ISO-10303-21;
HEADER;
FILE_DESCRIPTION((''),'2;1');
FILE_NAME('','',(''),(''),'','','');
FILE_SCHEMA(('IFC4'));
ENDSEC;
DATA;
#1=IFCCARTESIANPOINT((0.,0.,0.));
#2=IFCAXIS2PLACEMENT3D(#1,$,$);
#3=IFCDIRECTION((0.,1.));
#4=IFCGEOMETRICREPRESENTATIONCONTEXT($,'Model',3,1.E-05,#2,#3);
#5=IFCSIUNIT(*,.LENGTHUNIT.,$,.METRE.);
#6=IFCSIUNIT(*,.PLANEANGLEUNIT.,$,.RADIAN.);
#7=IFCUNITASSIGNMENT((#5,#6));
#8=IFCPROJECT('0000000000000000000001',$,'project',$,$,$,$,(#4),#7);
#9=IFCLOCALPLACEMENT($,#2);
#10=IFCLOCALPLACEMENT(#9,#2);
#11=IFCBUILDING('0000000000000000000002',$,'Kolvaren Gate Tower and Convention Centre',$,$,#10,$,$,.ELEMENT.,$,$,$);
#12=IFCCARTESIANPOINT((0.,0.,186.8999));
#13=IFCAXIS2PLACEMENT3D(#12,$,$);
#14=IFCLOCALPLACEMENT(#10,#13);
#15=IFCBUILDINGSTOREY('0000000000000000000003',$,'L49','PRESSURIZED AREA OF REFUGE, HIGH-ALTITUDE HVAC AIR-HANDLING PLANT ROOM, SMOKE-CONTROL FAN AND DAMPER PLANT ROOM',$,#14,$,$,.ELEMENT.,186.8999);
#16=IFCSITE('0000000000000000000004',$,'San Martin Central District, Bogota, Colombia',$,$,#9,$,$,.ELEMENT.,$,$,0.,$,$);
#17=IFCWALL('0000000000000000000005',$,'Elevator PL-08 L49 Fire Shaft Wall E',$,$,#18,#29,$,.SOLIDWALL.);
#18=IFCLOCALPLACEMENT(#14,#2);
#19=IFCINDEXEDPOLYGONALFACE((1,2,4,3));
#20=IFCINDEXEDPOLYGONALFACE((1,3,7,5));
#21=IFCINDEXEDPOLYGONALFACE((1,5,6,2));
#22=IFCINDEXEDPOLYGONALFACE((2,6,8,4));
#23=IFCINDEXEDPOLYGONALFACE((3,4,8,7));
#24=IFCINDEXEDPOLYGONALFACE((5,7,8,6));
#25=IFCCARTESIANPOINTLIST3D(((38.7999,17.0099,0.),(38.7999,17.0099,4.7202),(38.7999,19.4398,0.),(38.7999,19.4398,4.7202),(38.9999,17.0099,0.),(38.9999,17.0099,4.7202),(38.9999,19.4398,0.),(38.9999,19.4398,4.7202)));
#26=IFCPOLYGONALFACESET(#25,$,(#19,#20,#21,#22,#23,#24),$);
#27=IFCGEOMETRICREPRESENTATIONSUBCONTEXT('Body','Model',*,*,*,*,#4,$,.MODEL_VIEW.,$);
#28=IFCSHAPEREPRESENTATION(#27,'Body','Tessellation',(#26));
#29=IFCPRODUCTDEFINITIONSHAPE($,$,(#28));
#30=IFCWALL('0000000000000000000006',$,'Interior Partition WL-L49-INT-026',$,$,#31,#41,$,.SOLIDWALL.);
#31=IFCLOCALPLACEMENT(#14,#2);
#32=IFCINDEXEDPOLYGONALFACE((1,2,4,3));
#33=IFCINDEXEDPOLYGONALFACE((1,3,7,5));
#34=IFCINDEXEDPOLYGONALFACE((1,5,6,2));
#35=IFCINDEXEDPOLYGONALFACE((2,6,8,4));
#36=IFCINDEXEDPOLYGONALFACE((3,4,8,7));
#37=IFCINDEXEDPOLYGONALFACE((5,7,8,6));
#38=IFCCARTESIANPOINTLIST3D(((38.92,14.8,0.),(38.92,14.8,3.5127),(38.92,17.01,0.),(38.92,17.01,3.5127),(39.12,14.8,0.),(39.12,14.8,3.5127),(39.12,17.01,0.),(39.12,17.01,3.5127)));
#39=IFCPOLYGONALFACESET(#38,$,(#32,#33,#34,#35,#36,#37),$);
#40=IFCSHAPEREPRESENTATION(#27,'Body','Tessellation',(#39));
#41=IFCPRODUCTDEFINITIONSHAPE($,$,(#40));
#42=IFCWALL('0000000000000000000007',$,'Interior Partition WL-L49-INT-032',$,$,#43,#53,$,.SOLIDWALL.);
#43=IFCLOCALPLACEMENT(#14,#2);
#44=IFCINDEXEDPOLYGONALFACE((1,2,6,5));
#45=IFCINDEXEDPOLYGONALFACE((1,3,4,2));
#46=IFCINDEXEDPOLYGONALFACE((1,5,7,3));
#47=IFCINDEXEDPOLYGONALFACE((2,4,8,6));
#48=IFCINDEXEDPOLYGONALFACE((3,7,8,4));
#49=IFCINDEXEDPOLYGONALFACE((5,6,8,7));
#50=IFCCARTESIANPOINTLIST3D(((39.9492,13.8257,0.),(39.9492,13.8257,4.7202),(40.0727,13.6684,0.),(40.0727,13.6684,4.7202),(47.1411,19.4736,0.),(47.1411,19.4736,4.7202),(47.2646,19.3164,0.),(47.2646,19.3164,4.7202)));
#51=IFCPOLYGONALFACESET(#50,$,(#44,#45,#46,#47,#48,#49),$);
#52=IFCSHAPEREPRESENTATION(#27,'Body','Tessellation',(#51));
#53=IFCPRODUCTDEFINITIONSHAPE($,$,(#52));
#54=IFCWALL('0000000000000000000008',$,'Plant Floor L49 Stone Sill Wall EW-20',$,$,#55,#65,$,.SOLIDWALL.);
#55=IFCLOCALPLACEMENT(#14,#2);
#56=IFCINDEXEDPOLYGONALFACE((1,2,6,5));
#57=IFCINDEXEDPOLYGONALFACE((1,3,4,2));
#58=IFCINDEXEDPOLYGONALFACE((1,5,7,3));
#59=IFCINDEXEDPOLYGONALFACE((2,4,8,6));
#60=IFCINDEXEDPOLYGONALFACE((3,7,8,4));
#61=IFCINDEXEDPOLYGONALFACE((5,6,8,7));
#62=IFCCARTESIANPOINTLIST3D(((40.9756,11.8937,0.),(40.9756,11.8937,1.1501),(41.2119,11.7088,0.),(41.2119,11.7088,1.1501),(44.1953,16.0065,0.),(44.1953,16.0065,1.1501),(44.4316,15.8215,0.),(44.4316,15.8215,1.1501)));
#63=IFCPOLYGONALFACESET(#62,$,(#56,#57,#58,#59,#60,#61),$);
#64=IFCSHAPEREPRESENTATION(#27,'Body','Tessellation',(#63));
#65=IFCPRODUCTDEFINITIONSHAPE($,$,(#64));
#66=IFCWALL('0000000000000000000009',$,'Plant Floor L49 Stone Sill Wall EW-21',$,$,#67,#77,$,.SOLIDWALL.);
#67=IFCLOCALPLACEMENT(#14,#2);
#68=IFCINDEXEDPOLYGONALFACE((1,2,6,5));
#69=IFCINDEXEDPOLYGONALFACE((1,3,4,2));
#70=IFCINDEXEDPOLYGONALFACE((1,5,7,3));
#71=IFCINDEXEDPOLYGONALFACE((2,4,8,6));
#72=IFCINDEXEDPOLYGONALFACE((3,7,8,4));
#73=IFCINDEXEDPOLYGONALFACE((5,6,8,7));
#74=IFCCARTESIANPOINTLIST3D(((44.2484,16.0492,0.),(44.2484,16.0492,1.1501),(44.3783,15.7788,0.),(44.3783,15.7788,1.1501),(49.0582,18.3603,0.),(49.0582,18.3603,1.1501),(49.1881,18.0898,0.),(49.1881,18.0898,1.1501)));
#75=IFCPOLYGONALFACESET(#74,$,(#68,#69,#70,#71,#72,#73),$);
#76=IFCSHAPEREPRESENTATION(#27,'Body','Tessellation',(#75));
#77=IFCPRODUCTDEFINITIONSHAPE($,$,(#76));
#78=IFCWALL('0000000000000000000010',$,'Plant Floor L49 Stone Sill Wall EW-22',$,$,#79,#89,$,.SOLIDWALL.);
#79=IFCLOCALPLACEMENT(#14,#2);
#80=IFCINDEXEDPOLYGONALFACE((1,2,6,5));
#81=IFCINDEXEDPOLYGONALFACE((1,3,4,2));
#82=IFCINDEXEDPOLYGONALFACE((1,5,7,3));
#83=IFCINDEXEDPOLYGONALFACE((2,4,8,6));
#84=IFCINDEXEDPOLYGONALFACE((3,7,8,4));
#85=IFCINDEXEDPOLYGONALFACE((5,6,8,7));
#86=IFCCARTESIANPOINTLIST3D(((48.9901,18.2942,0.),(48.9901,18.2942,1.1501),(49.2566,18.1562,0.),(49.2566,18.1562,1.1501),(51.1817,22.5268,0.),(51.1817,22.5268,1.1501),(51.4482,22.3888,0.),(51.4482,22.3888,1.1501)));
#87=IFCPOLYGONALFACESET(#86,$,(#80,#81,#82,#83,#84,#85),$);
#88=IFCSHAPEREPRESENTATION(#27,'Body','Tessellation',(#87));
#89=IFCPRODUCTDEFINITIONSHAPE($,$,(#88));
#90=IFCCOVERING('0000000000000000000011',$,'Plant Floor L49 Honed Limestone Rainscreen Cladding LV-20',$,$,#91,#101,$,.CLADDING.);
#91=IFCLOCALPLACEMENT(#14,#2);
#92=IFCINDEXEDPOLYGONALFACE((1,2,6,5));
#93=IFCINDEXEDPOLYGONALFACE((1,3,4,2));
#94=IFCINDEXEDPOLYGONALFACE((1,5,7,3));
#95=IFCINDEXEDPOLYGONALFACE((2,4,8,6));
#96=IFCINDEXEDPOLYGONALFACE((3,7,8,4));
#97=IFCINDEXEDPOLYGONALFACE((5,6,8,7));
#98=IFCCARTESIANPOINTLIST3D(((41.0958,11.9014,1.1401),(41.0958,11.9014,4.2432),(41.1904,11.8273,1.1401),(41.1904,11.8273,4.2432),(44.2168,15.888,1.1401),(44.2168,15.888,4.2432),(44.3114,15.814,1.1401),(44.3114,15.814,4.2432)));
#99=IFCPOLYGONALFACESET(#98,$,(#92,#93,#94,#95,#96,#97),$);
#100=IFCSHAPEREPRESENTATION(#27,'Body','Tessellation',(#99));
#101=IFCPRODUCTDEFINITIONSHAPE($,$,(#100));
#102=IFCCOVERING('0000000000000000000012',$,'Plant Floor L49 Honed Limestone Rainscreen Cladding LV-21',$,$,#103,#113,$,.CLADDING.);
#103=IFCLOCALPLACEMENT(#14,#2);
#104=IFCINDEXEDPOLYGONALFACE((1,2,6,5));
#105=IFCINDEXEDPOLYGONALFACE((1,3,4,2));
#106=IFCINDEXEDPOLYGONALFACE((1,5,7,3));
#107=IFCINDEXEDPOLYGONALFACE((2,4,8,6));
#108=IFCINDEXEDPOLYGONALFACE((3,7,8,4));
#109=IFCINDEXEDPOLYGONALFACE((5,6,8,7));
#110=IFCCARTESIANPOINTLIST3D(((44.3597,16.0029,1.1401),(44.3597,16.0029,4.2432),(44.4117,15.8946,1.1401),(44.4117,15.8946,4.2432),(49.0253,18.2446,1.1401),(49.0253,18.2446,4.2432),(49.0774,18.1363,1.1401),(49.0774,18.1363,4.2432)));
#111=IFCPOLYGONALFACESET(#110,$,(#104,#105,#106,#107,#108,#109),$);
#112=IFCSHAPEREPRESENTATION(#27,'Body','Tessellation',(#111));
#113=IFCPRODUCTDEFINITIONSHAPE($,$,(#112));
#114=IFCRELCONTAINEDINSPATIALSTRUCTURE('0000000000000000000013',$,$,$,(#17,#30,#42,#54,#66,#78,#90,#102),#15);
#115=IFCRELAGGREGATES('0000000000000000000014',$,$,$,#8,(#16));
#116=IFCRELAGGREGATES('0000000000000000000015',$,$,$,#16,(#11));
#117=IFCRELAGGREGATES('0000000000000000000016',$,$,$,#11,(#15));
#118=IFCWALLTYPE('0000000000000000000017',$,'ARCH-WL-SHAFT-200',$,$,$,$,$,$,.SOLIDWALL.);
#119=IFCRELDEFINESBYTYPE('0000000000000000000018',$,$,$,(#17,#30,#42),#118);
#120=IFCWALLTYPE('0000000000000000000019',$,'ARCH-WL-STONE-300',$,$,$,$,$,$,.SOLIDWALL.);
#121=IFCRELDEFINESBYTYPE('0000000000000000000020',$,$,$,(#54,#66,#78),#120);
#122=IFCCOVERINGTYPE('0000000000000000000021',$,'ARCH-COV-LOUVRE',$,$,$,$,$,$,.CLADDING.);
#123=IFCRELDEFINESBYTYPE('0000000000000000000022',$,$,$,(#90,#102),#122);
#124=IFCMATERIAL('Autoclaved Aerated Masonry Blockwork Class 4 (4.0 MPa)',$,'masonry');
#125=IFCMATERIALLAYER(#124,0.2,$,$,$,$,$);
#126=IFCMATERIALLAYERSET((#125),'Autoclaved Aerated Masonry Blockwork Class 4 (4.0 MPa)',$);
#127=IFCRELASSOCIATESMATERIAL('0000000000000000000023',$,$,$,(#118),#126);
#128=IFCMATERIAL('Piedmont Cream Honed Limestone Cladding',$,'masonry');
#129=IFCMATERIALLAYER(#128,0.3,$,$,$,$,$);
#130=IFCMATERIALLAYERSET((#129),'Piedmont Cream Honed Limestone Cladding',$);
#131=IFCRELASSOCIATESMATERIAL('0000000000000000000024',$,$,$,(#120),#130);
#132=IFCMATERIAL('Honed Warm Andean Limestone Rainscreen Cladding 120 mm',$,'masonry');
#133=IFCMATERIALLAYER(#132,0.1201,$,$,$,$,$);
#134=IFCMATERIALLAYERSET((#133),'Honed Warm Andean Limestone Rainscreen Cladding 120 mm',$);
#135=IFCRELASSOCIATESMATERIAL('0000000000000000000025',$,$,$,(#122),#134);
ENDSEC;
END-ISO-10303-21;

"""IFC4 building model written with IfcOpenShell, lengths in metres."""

from ifc_helpers import new_model, si_unit, direction, frame, frame_2d, origin, origin_2d, place, context, subcontext, project, spatial, rectangle, extrude, material, layer, layer_set, type_object, element, save


model = new_model("IFC4")

# Units and contexts
model_context = context("Model", 3, precision=1e-05, world=origin(), true_north=direction((0.0, 1.0)))
body_context = subcontext(model_context, "Body", "Model", "MODEL_VIEW")
ifc_project = project(units=[si_unit("LENGTHUNIT", "METRE"), si_unit("PLANEANGLEUNIT", "RADIAN")], contexts=[model_context])

# Site, building, storey
site_placement = place(None, origin())
site = spatial("IfcSite", under=ifc_project, at=site_placement, Name="San Martin Central District, Bogota, Colombia", CompositionType="ELEMENT", RefElevation=0.0)
building_placement = place(site_placement, origin())
building = spatial("IfcBuilding", under=site, at=building_placement, Name="Kolvaren Gate Tower and Convention Centre", CompositionType="ELEMENT")
storey_placement = place(building_placement, frame((0.0, 0.0, 186.8999)))
storey = spatial("IfcBuildingStorey", under=building, at=storey_placement, Name="L49", Description="PRESSURIZED AREA OF REFUGE, HIGH-ALTITUDE HVAC AIR-HANDLING PLANT ROOM, SMOKE-CONTROL FAN AND DAMPER PLANT ROOM", CompositionType="ELEMENT", Elevation=186.8999)

# Walls
ifc_material_1 = material(Name="Autoclaved Aerated Masonry Blockwork Class 4 (4.0 MPa)", Category="masonry")
ifc_layer_1 = layer(ifc_material_1, 0.2)
ifc_layer_set_1 = layer_set([ifc_layer_1], Name="Autoclaved Aerated Masonry Blockwork Class 4 (4.0 MPa)")
wall_type_1 = type_object("IfcWallType", Name="ARCH-WL-SHAFT-200", PredefinedType="SOLIDWALL", material=ifc_layer_set_1)
wall_1_placement = place(storey_placement, frame((38.8999, 17.01, 0.0), z_axis=(0.0, 0.0, 1.0), x_axis=(0.0, 1.0, 0.0)))
element("IfcWall", 1, at=wall_1_placement, inside=storey, type_object=wall_type_1, Name="Elevator PL-08 L49 Fire Shaft Wall E", PredefinedType="SOLIDWALL", context=body_context, shape_type="SweptSolid", body=[
    extrude(rectangle(XDim=2.4299, YDim=0.2, at=frame_2d((1.2148, 0.0))), origin(), (0.0, 0.0, 1.0), 4.7202),
])
wall_2_placement = place(storey_placement, frame((39.02, 14.8, 0.0), z_axis=(0.0, 0.0, 1.0), x_axis=(0.0, 1.0, 0.0)))
element("IfcWall", 2, at=wall_2_placement, inside=storey, type_object=wall_type_1, Name="Interior Partition WL-L49-INT-026", PredefinedType="SOLIDWALL", context=body_context, shape_type="SweptSolid", body=[
    extrude(rectangle(XDim=2.21, YDim=0.2, at=frame_2d((1.105, 0.0))), origin(), (0.0, 0.0, 1.0), 3.5127),
])
wall_3_placement = place(storey_placement, frame((40.011, 13.7471, 0.0), z_axis=(0.0, 0.0, 1.0), x_axis=(0.786468, 0.617631, 0.0)))
element("IfcWall", 3, at=wall_3_placement, inside=storey, type_object=wall_type_1, Name="Interior Partition WL-L49-INT-032", PredefinedType="SOLIDWALL", context=body_context, shape_type="SweptSolid", body=[
    extrude(rectangle(XDim=9.1445, YDim=0.2, at=frame_2d((4.5723, 0.0))), origin(), (0.0, 0.0, 1.0), 4.7202),
])
ifc_material_2 = material(Name="Piedmont Cream Honed Limestone Cladding", Category="masonry")
ifc_layer_2 = layer(ifc_material_2, 0.3)
ifc_layer_set_2 = layer_set([ifc_layer_2], Name="Piedmont Cream Honed Limestone Cladding")
wall_type_2 = type_object("IfcWallType", Name="ARCH-WL-STONE-300", PredefinedType="SOLIDWALL", material=ifc_layer_set_2)
wall_4_placement = place(storey_placement, frame((41.0938, 11.8013, 0.0), z_axis=(0.0, 0.0, 1.0), x_axis=(0.616429, 0.78741, 0.0)))
element("IfcWall", 4, at=wall_4_placement, inside=storey, type_object=wall_type_2, Name="Plant Floor L49 Stone Sill Wall EW-20", PredefinedType="SOLIDWALL", context=body_context, shape_type="SweptSolid", body=[
    extrude(rectangle(XDim=5.2231, YDim=0.3, at=frame_2d((2.6116, 0.0))), origin(), (0.0, 0.0, 1.0), 1.1501),
])
wall_5_placement = place(storey_placement, frame((44.3135, 15.9141, 0.0), z_axis=(0.0, 0.0, 1.0), x_axis=(0.901353, 0.433085, 0.0)))
element("IfcWall", 5, at=wall_5_placement, inside=storey, type_object=wall_type_2, Name="Plant Floor L49 Stone Sill Wall EW-21", PredefinedType="SOLIDWALL", context=body_context, shape_type="SweptSolid", body=[
    extrude(rectangle(XDim=5.3362, YDim=0.3, at=frame_2d((2.668, 0.0))), origin(), (0.0, 0.0, 1.0), 1.1501),
])
wall_6_placement = place(storey_placement, frame((49.1233, 18.2251, 0.0), z_axis=(0.0, 0.0, 1.0), x_axis=(0.45981, 0.888017, 0.0)))
element("IfcWall", 6, at=wall_6_placement, inside=storey, type_object=wall_type_2, Name="Plant Floor L49 Stone Sill Wall EW-22", PredefinedType="SOLIDWALL", context=body_context, shape_type="SweptSolid", body=[
    extrude(rectangle(XDim=4.7664, YDim=0.3, at=frame_2d((2.3833, 0.0))), origin(), (0.0, 0.0, 1.0), 1.1501),
])

# Coverings
ifc_material_3 = material(Name="Honed Warm Andean Limestone Rainscreen Cladding 120 mm", Category="masonry")
ifc_layer_3 = layer(ifc_material_3, 0.1201)
ifc_layer_set_3 = layer_set([ifc_layer_3], Name="Honed Warm Andean Limestone Rainscreen Cladding 120 mm")
covering_type = type_object("IfcCoveringType", Name="ARCH-COV-LOUVRE", PredefinedType="CLADDING", material=ifc_layer_set_3)
covering_1_placement = place(storey_placement, frame((42.7036, 13.8577, 1.1401), z_axis=(0.0, 0.0, 1.0), x_axis=(0.616434, 0.787406, 0.0)))
element("IfcCovering", 7, at=covering_1_placement, inside=storey, type_object=covering_type, Name="Plant Floor L49 Honed Limestone Rainscreen Cladding LV-20", PredefinedType="CLADDING", context=body_context, shape_type="SweptSolid", body=[
    extrude(rectangle(XDim=5.063, YDim=0.1201, at=origin_2d()), origin(), (0.0, 0.0, 1.0), 3.103),
])
covering_2_placement = place(storey_placement, frame((46.7185, 17.0696, 1.1401), z_axis=(0.0, 0.0, 1.0), x_axis=(0.901358, 0.433074, 0.0)))
element("IfcCovering", 8, at=covering_2_placement, inside=storey, type_object=covering_type, Name="Plant Floor L49 Honed Limestone Rainscreen Cladding LV-21", PredefinedType="CLADDING", context=body_context, shape_type="SweptSolid", body=[
    extrude(rectangle(XDim=5.1763, YDim=0.1201, at=origin_2d()), origin(), (0.0, 0.0, 1.0), 3.103),
])

save(model, "model.ifc")
